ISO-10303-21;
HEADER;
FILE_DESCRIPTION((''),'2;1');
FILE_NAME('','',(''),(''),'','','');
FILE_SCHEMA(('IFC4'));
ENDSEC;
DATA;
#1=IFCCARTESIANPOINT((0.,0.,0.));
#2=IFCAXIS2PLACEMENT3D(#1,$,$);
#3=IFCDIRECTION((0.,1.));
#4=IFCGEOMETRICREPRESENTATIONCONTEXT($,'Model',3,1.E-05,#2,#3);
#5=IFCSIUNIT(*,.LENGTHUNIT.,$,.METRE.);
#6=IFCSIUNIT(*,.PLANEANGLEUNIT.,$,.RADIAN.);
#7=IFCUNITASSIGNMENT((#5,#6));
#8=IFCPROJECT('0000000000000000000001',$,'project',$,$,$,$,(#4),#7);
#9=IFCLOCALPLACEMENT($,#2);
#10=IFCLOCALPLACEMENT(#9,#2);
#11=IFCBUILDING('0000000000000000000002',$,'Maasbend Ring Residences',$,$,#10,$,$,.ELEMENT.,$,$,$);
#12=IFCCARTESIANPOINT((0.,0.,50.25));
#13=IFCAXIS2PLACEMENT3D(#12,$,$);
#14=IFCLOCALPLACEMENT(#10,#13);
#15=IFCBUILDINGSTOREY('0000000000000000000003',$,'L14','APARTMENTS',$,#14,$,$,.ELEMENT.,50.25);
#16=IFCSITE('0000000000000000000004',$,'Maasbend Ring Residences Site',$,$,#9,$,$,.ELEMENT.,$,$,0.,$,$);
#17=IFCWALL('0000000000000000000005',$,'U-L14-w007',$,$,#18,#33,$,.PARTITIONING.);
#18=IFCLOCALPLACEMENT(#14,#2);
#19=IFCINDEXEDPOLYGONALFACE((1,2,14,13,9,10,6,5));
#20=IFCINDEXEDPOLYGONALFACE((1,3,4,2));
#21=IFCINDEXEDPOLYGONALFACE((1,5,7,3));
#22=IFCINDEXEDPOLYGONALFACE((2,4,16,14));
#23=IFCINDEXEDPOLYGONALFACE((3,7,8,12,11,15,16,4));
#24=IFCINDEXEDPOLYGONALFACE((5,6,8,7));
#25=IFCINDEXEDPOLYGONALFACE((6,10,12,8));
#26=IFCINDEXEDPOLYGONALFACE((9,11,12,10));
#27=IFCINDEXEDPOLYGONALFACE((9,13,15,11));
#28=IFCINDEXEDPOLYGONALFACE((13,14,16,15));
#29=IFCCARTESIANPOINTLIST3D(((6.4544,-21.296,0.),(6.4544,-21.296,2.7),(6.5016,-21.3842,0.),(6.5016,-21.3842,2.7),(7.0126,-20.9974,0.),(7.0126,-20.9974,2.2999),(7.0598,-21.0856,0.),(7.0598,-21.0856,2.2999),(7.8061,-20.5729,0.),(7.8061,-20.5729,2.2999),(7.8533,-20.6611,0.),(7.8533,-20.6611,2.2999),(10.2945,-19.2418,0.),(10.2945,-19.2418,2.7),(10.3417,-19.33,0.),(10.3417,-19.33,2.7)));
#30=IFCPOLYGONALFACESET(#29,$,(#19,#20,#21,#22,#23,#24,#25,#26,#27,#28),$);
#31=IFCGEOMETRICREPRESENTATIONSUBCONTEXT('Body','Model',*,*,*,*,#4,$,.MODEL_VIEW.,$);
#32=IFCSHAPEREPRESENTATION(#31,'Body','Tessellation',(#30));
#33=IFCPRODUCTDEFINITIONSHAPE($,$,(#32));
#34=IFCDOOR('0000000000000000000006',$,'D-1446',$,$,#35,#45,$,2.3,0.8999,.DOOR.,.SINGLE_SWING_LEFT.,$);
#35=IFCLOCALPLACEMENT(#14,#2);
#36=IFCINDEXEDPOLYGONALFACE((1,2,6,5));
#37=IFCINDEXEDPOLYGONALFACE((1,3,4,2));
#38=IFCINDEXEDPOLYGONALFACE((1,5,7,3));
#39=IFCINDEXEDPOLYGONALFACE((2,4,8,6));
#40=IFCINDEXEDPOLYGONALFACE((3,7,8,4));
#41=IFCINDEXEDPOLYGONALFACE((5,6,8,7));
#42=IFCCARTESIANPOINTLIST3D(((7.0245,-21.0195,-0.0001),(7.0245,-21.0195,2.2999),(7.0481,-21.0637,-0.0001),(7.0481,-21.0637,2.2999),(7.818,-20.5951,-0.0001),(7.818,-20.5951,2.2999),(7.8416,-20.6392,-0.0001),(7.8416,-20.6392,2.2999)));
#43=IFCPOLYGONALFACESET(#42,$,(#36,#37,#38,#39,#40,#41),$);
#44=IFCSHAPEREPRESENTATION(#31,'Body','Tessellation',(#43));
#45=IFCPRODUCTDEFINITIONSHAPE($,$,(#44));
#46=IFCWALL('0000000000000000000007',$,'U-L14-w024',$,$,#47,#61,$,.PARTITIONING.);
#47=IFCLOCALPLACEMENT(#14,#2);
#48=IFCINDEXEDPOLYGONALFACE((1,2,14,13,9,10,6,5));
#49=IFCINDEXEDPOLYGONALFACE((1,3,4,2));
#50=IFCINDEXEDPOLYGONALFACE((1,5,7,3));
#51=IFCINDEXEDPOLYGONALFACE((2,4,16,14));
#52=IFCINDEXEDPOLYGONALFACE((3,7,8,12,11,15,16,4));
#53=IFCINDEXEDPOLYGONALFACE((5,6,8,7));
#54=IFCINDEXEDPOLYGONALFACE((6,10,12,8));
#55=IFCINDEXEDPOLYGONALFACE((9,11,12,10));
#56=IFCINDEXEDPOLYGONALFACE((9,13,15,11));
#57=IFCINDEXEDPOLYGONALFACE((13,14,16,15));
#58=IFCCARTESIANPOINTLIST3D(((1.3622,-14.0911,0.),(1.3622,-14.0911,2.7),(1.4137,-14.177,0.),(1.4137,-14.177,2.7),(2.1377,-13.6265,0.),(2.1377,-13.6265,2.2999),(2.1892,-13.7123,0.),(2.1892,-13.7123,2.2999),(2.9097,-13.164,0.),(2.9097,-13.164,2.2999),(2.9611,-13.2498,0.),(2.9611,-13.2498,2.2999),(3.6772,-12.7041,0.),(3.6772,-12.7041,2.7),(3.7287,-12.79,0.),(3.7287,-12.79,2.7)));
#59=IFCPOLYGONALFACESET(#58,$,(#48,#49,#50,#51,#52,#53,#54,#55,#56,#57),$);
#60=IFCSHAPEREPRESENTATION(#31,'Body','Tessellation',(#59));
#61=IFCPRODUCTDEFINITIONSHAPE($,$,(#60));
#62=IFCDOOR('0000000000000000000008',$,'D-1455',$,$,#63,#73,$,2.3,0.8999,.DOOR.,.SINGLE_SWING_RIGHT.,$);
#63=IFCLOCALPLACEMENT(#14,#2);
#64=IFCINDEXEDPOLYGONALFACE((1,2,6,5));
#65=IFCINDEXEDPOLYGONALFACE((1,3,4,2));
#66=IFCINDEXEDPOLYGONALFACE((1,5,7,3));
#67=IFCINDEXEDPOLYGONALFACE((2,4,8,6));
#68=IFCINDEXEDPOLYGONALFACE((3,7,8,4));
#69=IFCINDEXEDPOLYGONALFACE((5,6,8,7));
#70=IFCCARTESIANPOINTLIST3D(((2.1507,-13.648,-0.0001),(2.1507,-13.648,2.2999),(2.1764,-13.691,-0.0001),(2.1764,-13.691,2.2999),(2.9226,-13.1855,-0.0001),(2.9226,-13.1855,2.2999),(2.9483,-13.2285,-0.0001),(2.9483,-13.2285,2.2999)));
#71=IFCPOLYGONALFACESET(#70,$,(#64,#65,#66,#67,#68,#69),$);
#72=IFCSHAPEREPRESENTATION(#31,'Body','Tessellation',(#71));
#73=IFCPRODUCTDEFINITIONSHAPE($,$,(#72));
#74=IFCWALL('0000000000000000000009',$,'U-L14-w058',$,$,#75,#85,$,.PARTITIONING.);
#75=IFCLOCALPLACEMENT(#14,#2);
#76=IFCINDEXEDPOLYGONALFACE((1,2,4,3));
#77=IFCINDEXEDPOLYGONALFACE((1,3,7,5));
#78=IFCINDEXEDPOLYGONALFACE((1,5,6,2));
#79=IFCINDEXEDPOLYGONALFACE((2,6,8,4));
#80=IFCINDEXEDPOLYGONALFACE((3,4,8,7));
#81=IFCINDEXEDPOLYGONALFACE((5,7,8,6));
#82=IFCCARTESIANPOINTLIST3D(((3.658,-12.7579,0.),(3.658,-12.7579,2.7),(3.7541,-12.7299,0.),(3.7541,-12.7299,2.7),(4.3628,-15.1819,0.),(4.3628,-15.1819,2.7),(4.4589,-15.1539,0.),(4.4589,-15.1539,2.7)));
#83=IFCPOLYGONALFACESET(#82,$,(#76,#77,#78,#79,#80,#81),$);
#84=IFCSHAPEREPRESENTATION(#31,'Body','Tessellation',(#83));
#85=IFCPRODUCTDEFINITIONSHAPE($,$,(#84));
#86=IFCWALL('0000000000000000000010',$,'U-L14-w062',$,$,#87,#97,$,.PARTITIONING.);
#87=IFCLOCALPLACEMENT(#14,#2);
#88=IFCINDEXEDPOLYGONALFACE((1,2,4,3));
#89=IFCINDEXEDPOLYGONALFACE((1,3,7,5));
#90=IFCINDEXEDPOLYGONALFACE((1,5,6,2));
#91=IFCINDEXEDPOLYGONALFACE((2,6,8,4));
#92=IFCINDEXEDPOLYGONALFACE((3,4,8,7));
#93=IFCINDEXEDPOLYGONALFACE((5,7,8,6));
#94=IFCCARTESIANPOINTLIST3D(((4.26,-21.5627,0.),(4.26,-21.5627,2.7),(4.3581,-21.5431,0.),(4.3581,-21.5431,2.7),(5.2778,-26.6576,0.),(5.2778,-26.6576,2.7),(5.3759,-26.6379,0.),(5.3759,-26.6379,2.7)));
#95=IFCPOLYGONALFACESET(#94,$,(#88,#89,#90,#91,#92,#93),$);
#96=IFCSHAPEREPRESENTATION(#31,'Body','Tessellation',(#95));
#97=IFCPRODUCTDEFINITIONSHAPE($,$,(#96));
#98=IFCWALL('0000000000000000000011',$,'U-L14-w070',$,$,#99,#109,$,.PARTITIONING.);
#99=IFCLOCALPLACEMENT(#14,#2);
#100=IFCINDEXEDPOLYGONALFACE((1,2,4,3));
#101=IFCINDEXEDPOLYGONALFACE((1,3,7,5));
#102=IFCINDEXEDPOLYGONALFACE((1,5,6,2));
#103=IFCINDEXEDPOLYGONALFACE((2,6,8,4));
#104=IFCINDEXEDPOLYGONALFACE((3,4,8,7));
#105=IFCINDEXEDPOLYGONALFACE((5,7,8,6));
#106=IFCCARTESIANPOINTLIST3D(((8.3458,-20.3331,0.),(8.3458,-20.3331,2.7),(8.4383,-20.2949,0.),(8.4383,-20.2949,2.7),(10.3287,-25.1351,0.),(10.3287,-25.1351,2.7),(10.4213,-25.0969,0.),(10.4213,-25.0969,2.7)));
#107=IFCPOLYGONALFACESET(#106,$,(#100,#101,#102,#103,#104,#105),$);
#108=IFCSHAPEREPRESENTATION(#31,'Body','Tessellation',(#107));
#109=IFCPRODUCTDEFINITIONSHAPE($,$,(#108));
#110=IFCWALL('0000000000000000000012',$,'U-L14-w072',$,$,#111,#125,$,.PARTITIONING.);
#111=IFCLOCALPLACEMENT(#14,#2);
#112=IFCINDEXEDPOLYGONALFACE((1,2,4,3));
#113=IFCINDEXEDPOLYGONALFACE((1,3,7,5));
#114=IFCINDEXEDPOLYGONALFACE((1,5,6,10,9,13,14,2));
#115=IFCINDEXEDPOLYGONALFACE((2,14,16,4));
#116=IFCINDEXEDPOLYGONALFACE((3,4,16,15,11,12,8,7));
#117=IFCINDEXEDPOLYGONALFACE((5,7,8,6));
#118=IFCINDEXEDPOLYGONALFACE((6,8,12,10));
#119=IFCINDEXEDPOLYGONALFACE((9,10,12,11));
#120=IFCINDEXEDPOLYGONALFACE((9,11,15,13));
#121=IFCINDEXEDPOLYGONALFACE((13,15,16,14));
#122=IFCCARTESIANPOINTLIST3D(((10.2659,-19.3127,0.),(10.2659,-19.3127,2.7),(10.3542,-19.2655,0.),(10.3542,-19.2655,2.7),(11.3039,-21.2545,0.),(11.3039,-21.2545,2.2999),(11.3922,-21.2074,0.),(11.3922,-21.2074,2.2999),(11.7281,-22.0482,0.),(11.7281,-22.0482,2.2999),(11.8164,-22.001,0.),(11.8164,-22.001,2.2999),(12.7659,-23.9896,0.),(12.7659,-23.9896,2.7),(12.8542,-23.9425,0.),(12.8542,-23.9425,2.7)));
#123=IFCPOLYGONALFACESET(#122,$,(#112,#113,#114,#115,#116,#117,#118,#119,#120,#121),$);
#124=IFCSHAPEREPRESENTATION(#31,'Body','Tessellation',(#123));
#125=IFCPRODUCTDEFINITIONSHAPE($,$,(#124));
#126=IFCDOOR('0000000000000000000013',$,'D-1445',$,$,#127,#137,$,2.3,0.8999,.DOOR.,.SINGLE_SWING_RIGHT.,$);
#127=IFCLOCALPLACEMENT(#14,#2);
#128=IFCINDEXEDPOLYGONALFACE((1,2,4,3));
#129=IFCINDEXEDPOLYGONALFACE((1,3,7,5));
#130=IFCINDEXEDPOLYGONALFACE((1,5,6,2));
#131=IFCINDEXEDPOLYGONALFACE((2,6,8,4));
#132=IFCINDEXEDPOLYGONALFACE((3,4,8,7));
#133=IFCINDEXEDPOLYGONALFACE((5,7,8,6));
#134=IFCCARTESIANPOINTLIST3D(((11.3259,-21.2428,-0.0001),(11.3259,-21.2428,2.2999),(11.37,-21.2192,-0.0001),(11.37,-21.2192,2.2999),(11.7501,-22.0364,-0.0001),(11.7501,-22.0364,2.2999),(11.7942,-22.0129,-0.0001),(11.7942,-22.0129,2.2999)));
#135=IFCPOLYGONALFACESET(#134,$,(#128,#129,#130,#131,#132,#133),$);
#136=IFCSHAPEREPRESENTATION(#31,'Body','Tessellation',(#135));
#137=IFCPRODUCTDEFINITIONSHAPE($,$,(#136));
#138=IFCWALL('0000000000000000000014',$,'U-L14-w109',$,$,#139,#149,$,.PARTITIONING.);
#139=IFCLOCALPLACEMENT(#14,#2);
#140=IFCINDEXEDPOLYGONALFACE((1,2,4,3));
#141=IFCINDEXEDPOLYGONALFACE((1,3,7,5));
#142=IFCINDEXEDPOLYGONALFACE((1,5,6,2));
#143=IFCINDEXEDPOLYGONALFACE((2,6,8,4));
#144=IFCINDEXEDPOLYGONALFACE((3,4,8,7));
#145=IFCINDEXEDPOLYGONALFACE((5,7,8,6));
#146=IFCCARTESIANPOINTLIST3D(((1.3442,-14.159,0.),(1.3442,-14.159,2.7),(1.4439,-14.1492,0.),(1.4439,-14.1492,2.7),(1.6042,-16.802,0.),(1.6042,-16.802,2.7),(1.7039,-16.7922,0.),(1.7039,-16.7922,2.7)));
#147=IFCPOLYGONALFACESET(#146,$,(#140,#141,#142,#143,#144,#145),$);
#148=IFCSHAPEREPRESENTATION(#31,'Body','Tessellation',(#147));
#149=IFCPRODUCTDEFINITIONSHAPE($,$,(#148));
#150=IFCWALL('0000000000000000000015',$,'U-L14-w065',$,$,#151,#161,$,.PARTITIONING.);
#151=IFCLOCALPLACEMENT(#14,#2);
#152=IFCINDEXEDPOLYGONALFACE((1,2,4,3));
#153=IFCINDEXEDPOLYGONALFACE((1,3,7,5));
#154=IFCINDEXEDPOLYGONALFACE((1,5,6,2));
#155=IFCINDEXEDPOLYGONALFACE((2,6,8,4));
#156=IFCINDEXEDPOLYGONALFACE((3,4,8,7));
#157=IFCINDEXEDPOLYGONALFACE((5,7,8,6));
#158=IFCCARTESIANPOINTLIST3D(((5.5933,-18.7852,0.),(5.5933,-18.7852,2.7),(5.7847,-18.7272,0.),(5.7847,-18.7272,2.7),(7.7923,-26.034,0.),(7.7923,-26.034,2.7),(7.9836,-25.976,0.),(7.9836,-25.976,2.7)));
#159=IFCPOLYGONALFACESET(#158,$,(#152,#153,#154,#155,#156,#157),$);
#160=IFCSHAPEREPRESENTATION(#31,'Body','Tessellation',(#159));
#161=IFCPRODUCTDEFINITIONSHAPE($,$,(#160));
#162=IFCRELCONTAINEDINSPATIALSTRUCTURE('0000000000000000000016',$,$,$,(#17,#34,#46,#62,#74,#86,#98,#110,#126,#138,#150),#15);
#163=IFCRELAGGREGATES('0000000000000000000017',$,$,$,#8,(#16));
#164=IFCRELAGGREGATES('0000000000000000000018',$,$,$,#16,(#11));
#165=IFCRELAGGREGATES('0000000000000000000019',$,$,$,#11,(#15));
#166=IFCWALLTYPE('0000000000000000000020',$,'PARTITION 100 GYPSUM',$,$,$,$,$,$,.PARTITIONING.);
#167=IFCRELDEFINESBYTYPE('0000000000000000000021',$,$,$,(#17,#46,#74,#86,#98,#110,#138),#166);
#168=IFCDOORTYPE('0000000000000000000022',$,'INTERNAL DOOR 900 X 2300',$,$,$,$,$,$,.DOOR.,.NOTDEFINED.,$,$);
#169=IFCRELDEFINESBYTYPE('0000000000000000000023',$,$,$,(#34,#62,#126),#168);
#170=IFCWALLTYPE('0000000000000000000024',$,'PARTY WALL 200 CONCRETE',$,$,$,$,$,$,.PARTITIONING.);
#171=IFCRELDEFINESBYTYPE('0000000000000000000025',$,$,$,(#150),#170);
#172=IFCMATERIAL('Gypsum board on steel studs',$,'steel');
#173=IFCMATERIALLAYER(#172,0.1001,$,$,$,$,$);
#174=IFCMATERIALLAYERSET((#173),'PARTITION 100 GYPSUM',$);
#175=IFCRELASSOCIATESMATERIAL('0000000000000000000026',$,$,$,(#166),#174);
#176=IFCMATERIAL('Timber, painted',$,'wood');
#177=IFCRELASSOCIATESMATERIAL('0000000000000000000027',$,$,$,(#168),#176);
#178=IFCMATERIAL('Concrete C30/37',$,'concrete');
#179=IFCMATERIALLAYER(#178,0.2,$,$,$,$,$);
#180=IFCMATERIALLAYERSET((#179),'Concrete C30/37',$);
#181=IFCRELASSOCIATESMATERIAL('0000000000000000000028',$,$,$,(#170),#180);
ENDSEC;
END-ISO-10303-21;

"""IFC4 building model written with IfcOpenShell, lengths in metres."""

from ifc_helpers import new_model, si_unit, direction, frame, frame_2d, origin, place, context, subcontext, project, spatial, rectangle, extrude, material, layer, layer_set, type_object, element, fill, save


model = new_model("IFC4")

# Units and contexts
model_context = context("Model", 3, precision=1e-05, world=origin(), true_north=direction((0.0, 1.0)))
body_context = subcontext(model_context, "Body", "Model", "MODEL_VIEW")
ifc_project = project(units=[si_unit("LENGTHUNIT", "METRE"), si_unit("PLANEANGLEUNIT", "RADIAN")], contexts=[model_context])

# Site, building, storey
site_placement = place(None, origin())
site = spatial("IfcSite", under=ifc_project, at=site_placement, Name="Maasbend Ring Residences Site", CompositionType="ELEMENT", RefElevation=0.0)
building_placement = place(site_placement, origin())
building = spatial("IfcBuilding", under=site, at=building_placement, Name="Maasbend Ring Residences", CompositionType="ELEMENT")
storey_placement = place(building_placement, frame((0.0, 0.0, 50.25)))
storey = spatial("IfcBuildingStorey", under=building, at=storey_placement, Name="L14", Description="APARTMENTS", CompositionType="ELEMENT", Elevation=50.25)

# Walls, openings, doors
ifc_material_1 = material(Name="Gypsum board on steel studs", Category="steel")
ifc_layer_1 = layer(ifc_material_1, 0.1001)
ifc_layer_set_1 = layer_set([ifc_layer_1], Name="PARTITION 100 GYPSUM")
wall_type_1 = type_object("IfcWallType", Name="PARTITION 100 GYPSUM", PredefinedType="PARTITIONING", material=ifc_layer_set_1)
wall_1_placement = place(storey_placement, frame((6.478, -21.3401, 0.0), z_axis=(0.0, 0.0, 1.0), x_axis=(0.881766, 0.471688, 0.0)))
wall_1 = element("IfcWall", 1, at=wall_1_placement, inside=storey, type_object=wall_type_1, Name="U-L14-w007", PredefinedType="PARTITIONING", context=body_context, shape_type="SweptSolid", body=[
    extrude(rectangle(XDim=4.355, YDim=0.1001, at=frame_2d((2.1775, 0.0))), origin(), (0.0, 0.0, 1.0), 2.7),
])
opening_1_placement = place(wall_1_placement, frame((0.6331, 0.0, 0.0)))
opening_1 = element("IfcOpeningElement", 2, at=opening_1_placement, cuts=wall_1, PredefinedType="OPENING", context=body_context, shape_type="SweptSolid", body=[
    extrude(rectangle(XDim=0.8999, YDim=2.3, at=frame_2d((0.45, 1.1499))), frame((0.0, 0.0601, 0.0), z_axis=(0.0, -1.0, 0.0), x_axis=(1.0, 0.0, 0.0)), (0.0, 0.0, 1.0), 0.1201),
])
ifc_material_2 = material(Name="Timber, painted", Category="wood")
door_type_1 = type_object("IfcDoorType", Name="INTERNAL DOOR 900 X 2300", OperationType="NOTDEFINED", PredefinedType="DOOR", material=ifc_material_2)
door_1_placement = place(opening_1_placement, origin())
door_1 = element("IfcDoor", 3, at=door_1_placement, inside=storey, type_object=door_type_1, Name="D-1446", OperationType="SINGLE_SWING_LEFT", OverallHeight=2.3, OverallWidth=0.8999, PredefinedType="DOOR", context=body_context, shape_type="SweptSolid", body=[
    extrude(rectangle(XDim=0.8999, YDim=2.3, at=frame_2d((0.45, 1.1499))), frame((0.0, 0.0249, 0.0), z_axis=(0.0, -1.0, 0.0), x_axis=(1.0, 0.0, 0.0)), (0.0, 0.0, 1.0), 0.05),
])
fill(opening_1, door_1)
wall_2_placement = place(storey_placement, frame((1.3879, -14.134, 0.0), z_axis=(0.0, 0.0, 1.0), x_axis=(0.85782, 0.51395, 0.0)))
wall_2 = element("IfcWall", 4, at=wall_2_placement, inside=storey, type_object=wall_type_1, Name="U-L14-w024", PredefinedType="PARTITIONING", context=body_context, shape_type="SweptSolid", body=[
    extrude(rectangle(XDim=2.6987, YDim=0.1001, at=frame_2d((1.3494, 0.0))), origin(), (0.0, 0.0, 1.0), 2.7),
])
opening_2_placement = place(wall_2_placement, frame((0.9041, 0.0, 0.0)))
opening_2 = element("IfcOpeningElement", 5, at=opening_2_placement, cuts=wall_2, PredefinedType="OPENING", context=body_context, shape_type="SweptSolid", body=[
    extrude(rectangle(XDim=0.8999, YDim=2.3, at=frame_2d((0.45, 1.1499))), frame((0.0, 0.0601, 0.0), z_axis=(0.0, -1.0, 0.0), x_axis=(1.0, 0.0, 0.0)), (0.0, 0.0, 1.0), 0.1201),
])
door_2_placement = place(opening_2_placement, origin())
door_2 = element("IfcDoor", 6, at=door_2_placement, inside=storey, type_object=door_type_1, Name="D-1455", OperationType="SINGLE_SWING_RIGHT", OverallHeight=2.3, OverallWidth=0.8999, PredefinedType="DOOR", context=body_context, shape_type="SweptSolid", body=[
    extrude(rectangle(XDim=0.8999, YDim=2.3, at=frame_2d((0.45, 1.1499))), frame((0.0, 0.0249, 0.0), z_axis=(0.0, -1.0, 0.0), x_axis=(1.0, 0.0, 0.0)), (0.0, 0.0, 1.0), 0.05),
])
fill(opening_2, door_2)

# Walls
wall_3_placement = place(storey_placement, frame((3.7061, -12.7439, 0.0), z_axis=(0.0, 0.0, 1.0), x_axis=(0.279201, -0.960233, 0.0)))
element("IfcWall", 7, at=wall_3_placement, inside=storey, type_object=wall_type_1, Name="U-L14-w058", PredefinedType="PARTITIONING", context=body_context, shape_type="SweptSolid", body=[
    extrude(rectangle(XDim=2.5244, YDim=0.1001, at=frame_2d((1.2622, 0.0))), origin(), (0.0, 0.0, 1.0), 2.7),
])
wall_4_placement = place(storey_placement, frame((4.3091, -21.553, 0.0), z_axis=(0.0, 0.0, 1.0), x_axis=(0.195899, -0.980624, 0.0)))
element("IfcWall", 8, at=wall_4_placement, inside=storey, type_object=wall_type_1, Name="U-L14-w062", PredefinedType="PARTITIONING", context=body_context, shape_type="SweptSolid", body=[
    extrude(rectangle(XDim=5.1956, YDim=0.1001, at=frame_2d((2.5977, 0.0))), origin(), (0.0, 0.0, 1.0), 2.7),
])
wall_5_placement = place(storey_placement, frame((8.3921, -20.314, 0.0), z_axis=(0.0, 0.0, 1.0), x_axis=(0.381674, -0.924297, 0.0)))
element("IfcWall", 9, at=wall_5_placement, inside=storey, type_object=wall_type_1, Name="U-L14-w070", PredefinedType="PARTITIONING", context=body_context, shape_type="SweptSolid", body=[
    extrude(rectangle(XDim=5.1953, YDim=0.1001, at=frame_2d((2.5977, 0.0))), origin(), (0.0, 0.0, 1.0), 2.7),
])

# Wall, opening, door
wall_6_placement = place(storey_placement, frame((10.3101, -19.2891, 0.0), z_axis=(0.0, 0.0, 1.0), x_axis=(0.47141, -0.881914, 0.0)))
wall_6 = element("IfcWall", 10, at=wall_6_placement, inside=storey, type_object=wall_type_1, Name="U-L14-w072", PredefinedType="PARTITIONING", context=body_context, shape_type="SweptSolid", body=[
    extrude(rectangle(XDim=5.3032, YDim=0.1001, at=frame_2d((2.6516, 0.0))), origin(), (0.0, 0.0, 1.0), 2.7),
])
opening_3_placement = place(wall_6_placement, frame((2.2019, 0.0, 0.0)))
opening_3 = element("IfcOpeningElement", 11, at=opening_3_placement, cuts=wall_6, PredefinedType="OPENING", context=body_context, shape_type="SweptSolid", body=[
    extrude(rectangle(XDim=0.8999, YDim=2.3, at=frame_2d((0.45, 1.1499))), frame((0.0, 0.0601, 0.0), z_axis=(0.0, -1.0, 0.0), x_axis=(1.0, 0.0, 0.0)), (0.0, 0.0, 1.0), 0.1201),
])
door_3_placement = place(opening_3_placement, origin())
door_3 = element("IfcDoor", 12, at=door_3_placement, inside=storey, type_object=door_type_1, Name="D-1445", OperationType="SINGLE_SWING_RIGHT", OverallHeight=2.3, OverallWidth=0.8999, PredefinedType="DOOR", context=body_context, shape_type="SweptSolid", body=[
    extrude(rectangle(XDim=0.8999, YDim=2.3, at=frame_2d((0.45, 1.1499))), frame((0.0, 0.0249, 0.0), z_axis=(0.0, -1.0, 0.0), x_axis=(1.0, 0.0, 0.0)), (0.0, 0.0, 1.0), 0.05),
])
fill(opening_3, door_3)

# Walls
wall_7_placement = place(storey_placement, frame((1.6541, -16.7971, 0.0), z_axis=(0.0, 0.0, 1.0), x_axis=(-0.097902, 0.995196, 0.0)))
element("IfcWall", 13, at=wall_7_placement, inside=storey, type_object=wall_type_1, Name="U-L14-w109", PredefinedType="PARTITIONING", context=body_context, shape_type="SweptSolid", body=[
    extrude(rectangle(XDim=2.6558, YDim=0.1001, at=frame_2d((1.3279, 0.0))), origin(), (0.0, 0.0, 1.0), 2.7),
])
ifc_material_3 = material(Name="Concrete C30/37", Category="concrete")
ifc_layer_2 = layer(ifc_material_3, 0.2)
ifc_layer_set_2 = layer_set([ifc_layer_2], Name="Concrete C30/37")
wall_type_2 = type_object("IfcWallType", Name="PARTY WALL 200 CONCRETE", PredefinedType="PARTITIONING", material=ifc_layer_set_2)
wall_8_placement = place(storey_placement, frame((5.689, -18.7561, 0.0), z_axis=(0.0, 0.0, 1.0), x_axis=(0.290295, -0.956937, 0.0)))
element("IfcWall", 14, at=wall_8_placement, inside=storey, type_object=wall_type_2, Name="U-L14-w065", PredefinedType="PARTITIONING", context=body_context, shape_type="SweptSolid", body=[
    extrude(rectangle(XDim=7.575, YDim=0.2, at=frame_2d((3.7876, 0.0))), origin(), (0.0, 0.0, 1.0), 2.7),
])

save(model, "model.ifc")
